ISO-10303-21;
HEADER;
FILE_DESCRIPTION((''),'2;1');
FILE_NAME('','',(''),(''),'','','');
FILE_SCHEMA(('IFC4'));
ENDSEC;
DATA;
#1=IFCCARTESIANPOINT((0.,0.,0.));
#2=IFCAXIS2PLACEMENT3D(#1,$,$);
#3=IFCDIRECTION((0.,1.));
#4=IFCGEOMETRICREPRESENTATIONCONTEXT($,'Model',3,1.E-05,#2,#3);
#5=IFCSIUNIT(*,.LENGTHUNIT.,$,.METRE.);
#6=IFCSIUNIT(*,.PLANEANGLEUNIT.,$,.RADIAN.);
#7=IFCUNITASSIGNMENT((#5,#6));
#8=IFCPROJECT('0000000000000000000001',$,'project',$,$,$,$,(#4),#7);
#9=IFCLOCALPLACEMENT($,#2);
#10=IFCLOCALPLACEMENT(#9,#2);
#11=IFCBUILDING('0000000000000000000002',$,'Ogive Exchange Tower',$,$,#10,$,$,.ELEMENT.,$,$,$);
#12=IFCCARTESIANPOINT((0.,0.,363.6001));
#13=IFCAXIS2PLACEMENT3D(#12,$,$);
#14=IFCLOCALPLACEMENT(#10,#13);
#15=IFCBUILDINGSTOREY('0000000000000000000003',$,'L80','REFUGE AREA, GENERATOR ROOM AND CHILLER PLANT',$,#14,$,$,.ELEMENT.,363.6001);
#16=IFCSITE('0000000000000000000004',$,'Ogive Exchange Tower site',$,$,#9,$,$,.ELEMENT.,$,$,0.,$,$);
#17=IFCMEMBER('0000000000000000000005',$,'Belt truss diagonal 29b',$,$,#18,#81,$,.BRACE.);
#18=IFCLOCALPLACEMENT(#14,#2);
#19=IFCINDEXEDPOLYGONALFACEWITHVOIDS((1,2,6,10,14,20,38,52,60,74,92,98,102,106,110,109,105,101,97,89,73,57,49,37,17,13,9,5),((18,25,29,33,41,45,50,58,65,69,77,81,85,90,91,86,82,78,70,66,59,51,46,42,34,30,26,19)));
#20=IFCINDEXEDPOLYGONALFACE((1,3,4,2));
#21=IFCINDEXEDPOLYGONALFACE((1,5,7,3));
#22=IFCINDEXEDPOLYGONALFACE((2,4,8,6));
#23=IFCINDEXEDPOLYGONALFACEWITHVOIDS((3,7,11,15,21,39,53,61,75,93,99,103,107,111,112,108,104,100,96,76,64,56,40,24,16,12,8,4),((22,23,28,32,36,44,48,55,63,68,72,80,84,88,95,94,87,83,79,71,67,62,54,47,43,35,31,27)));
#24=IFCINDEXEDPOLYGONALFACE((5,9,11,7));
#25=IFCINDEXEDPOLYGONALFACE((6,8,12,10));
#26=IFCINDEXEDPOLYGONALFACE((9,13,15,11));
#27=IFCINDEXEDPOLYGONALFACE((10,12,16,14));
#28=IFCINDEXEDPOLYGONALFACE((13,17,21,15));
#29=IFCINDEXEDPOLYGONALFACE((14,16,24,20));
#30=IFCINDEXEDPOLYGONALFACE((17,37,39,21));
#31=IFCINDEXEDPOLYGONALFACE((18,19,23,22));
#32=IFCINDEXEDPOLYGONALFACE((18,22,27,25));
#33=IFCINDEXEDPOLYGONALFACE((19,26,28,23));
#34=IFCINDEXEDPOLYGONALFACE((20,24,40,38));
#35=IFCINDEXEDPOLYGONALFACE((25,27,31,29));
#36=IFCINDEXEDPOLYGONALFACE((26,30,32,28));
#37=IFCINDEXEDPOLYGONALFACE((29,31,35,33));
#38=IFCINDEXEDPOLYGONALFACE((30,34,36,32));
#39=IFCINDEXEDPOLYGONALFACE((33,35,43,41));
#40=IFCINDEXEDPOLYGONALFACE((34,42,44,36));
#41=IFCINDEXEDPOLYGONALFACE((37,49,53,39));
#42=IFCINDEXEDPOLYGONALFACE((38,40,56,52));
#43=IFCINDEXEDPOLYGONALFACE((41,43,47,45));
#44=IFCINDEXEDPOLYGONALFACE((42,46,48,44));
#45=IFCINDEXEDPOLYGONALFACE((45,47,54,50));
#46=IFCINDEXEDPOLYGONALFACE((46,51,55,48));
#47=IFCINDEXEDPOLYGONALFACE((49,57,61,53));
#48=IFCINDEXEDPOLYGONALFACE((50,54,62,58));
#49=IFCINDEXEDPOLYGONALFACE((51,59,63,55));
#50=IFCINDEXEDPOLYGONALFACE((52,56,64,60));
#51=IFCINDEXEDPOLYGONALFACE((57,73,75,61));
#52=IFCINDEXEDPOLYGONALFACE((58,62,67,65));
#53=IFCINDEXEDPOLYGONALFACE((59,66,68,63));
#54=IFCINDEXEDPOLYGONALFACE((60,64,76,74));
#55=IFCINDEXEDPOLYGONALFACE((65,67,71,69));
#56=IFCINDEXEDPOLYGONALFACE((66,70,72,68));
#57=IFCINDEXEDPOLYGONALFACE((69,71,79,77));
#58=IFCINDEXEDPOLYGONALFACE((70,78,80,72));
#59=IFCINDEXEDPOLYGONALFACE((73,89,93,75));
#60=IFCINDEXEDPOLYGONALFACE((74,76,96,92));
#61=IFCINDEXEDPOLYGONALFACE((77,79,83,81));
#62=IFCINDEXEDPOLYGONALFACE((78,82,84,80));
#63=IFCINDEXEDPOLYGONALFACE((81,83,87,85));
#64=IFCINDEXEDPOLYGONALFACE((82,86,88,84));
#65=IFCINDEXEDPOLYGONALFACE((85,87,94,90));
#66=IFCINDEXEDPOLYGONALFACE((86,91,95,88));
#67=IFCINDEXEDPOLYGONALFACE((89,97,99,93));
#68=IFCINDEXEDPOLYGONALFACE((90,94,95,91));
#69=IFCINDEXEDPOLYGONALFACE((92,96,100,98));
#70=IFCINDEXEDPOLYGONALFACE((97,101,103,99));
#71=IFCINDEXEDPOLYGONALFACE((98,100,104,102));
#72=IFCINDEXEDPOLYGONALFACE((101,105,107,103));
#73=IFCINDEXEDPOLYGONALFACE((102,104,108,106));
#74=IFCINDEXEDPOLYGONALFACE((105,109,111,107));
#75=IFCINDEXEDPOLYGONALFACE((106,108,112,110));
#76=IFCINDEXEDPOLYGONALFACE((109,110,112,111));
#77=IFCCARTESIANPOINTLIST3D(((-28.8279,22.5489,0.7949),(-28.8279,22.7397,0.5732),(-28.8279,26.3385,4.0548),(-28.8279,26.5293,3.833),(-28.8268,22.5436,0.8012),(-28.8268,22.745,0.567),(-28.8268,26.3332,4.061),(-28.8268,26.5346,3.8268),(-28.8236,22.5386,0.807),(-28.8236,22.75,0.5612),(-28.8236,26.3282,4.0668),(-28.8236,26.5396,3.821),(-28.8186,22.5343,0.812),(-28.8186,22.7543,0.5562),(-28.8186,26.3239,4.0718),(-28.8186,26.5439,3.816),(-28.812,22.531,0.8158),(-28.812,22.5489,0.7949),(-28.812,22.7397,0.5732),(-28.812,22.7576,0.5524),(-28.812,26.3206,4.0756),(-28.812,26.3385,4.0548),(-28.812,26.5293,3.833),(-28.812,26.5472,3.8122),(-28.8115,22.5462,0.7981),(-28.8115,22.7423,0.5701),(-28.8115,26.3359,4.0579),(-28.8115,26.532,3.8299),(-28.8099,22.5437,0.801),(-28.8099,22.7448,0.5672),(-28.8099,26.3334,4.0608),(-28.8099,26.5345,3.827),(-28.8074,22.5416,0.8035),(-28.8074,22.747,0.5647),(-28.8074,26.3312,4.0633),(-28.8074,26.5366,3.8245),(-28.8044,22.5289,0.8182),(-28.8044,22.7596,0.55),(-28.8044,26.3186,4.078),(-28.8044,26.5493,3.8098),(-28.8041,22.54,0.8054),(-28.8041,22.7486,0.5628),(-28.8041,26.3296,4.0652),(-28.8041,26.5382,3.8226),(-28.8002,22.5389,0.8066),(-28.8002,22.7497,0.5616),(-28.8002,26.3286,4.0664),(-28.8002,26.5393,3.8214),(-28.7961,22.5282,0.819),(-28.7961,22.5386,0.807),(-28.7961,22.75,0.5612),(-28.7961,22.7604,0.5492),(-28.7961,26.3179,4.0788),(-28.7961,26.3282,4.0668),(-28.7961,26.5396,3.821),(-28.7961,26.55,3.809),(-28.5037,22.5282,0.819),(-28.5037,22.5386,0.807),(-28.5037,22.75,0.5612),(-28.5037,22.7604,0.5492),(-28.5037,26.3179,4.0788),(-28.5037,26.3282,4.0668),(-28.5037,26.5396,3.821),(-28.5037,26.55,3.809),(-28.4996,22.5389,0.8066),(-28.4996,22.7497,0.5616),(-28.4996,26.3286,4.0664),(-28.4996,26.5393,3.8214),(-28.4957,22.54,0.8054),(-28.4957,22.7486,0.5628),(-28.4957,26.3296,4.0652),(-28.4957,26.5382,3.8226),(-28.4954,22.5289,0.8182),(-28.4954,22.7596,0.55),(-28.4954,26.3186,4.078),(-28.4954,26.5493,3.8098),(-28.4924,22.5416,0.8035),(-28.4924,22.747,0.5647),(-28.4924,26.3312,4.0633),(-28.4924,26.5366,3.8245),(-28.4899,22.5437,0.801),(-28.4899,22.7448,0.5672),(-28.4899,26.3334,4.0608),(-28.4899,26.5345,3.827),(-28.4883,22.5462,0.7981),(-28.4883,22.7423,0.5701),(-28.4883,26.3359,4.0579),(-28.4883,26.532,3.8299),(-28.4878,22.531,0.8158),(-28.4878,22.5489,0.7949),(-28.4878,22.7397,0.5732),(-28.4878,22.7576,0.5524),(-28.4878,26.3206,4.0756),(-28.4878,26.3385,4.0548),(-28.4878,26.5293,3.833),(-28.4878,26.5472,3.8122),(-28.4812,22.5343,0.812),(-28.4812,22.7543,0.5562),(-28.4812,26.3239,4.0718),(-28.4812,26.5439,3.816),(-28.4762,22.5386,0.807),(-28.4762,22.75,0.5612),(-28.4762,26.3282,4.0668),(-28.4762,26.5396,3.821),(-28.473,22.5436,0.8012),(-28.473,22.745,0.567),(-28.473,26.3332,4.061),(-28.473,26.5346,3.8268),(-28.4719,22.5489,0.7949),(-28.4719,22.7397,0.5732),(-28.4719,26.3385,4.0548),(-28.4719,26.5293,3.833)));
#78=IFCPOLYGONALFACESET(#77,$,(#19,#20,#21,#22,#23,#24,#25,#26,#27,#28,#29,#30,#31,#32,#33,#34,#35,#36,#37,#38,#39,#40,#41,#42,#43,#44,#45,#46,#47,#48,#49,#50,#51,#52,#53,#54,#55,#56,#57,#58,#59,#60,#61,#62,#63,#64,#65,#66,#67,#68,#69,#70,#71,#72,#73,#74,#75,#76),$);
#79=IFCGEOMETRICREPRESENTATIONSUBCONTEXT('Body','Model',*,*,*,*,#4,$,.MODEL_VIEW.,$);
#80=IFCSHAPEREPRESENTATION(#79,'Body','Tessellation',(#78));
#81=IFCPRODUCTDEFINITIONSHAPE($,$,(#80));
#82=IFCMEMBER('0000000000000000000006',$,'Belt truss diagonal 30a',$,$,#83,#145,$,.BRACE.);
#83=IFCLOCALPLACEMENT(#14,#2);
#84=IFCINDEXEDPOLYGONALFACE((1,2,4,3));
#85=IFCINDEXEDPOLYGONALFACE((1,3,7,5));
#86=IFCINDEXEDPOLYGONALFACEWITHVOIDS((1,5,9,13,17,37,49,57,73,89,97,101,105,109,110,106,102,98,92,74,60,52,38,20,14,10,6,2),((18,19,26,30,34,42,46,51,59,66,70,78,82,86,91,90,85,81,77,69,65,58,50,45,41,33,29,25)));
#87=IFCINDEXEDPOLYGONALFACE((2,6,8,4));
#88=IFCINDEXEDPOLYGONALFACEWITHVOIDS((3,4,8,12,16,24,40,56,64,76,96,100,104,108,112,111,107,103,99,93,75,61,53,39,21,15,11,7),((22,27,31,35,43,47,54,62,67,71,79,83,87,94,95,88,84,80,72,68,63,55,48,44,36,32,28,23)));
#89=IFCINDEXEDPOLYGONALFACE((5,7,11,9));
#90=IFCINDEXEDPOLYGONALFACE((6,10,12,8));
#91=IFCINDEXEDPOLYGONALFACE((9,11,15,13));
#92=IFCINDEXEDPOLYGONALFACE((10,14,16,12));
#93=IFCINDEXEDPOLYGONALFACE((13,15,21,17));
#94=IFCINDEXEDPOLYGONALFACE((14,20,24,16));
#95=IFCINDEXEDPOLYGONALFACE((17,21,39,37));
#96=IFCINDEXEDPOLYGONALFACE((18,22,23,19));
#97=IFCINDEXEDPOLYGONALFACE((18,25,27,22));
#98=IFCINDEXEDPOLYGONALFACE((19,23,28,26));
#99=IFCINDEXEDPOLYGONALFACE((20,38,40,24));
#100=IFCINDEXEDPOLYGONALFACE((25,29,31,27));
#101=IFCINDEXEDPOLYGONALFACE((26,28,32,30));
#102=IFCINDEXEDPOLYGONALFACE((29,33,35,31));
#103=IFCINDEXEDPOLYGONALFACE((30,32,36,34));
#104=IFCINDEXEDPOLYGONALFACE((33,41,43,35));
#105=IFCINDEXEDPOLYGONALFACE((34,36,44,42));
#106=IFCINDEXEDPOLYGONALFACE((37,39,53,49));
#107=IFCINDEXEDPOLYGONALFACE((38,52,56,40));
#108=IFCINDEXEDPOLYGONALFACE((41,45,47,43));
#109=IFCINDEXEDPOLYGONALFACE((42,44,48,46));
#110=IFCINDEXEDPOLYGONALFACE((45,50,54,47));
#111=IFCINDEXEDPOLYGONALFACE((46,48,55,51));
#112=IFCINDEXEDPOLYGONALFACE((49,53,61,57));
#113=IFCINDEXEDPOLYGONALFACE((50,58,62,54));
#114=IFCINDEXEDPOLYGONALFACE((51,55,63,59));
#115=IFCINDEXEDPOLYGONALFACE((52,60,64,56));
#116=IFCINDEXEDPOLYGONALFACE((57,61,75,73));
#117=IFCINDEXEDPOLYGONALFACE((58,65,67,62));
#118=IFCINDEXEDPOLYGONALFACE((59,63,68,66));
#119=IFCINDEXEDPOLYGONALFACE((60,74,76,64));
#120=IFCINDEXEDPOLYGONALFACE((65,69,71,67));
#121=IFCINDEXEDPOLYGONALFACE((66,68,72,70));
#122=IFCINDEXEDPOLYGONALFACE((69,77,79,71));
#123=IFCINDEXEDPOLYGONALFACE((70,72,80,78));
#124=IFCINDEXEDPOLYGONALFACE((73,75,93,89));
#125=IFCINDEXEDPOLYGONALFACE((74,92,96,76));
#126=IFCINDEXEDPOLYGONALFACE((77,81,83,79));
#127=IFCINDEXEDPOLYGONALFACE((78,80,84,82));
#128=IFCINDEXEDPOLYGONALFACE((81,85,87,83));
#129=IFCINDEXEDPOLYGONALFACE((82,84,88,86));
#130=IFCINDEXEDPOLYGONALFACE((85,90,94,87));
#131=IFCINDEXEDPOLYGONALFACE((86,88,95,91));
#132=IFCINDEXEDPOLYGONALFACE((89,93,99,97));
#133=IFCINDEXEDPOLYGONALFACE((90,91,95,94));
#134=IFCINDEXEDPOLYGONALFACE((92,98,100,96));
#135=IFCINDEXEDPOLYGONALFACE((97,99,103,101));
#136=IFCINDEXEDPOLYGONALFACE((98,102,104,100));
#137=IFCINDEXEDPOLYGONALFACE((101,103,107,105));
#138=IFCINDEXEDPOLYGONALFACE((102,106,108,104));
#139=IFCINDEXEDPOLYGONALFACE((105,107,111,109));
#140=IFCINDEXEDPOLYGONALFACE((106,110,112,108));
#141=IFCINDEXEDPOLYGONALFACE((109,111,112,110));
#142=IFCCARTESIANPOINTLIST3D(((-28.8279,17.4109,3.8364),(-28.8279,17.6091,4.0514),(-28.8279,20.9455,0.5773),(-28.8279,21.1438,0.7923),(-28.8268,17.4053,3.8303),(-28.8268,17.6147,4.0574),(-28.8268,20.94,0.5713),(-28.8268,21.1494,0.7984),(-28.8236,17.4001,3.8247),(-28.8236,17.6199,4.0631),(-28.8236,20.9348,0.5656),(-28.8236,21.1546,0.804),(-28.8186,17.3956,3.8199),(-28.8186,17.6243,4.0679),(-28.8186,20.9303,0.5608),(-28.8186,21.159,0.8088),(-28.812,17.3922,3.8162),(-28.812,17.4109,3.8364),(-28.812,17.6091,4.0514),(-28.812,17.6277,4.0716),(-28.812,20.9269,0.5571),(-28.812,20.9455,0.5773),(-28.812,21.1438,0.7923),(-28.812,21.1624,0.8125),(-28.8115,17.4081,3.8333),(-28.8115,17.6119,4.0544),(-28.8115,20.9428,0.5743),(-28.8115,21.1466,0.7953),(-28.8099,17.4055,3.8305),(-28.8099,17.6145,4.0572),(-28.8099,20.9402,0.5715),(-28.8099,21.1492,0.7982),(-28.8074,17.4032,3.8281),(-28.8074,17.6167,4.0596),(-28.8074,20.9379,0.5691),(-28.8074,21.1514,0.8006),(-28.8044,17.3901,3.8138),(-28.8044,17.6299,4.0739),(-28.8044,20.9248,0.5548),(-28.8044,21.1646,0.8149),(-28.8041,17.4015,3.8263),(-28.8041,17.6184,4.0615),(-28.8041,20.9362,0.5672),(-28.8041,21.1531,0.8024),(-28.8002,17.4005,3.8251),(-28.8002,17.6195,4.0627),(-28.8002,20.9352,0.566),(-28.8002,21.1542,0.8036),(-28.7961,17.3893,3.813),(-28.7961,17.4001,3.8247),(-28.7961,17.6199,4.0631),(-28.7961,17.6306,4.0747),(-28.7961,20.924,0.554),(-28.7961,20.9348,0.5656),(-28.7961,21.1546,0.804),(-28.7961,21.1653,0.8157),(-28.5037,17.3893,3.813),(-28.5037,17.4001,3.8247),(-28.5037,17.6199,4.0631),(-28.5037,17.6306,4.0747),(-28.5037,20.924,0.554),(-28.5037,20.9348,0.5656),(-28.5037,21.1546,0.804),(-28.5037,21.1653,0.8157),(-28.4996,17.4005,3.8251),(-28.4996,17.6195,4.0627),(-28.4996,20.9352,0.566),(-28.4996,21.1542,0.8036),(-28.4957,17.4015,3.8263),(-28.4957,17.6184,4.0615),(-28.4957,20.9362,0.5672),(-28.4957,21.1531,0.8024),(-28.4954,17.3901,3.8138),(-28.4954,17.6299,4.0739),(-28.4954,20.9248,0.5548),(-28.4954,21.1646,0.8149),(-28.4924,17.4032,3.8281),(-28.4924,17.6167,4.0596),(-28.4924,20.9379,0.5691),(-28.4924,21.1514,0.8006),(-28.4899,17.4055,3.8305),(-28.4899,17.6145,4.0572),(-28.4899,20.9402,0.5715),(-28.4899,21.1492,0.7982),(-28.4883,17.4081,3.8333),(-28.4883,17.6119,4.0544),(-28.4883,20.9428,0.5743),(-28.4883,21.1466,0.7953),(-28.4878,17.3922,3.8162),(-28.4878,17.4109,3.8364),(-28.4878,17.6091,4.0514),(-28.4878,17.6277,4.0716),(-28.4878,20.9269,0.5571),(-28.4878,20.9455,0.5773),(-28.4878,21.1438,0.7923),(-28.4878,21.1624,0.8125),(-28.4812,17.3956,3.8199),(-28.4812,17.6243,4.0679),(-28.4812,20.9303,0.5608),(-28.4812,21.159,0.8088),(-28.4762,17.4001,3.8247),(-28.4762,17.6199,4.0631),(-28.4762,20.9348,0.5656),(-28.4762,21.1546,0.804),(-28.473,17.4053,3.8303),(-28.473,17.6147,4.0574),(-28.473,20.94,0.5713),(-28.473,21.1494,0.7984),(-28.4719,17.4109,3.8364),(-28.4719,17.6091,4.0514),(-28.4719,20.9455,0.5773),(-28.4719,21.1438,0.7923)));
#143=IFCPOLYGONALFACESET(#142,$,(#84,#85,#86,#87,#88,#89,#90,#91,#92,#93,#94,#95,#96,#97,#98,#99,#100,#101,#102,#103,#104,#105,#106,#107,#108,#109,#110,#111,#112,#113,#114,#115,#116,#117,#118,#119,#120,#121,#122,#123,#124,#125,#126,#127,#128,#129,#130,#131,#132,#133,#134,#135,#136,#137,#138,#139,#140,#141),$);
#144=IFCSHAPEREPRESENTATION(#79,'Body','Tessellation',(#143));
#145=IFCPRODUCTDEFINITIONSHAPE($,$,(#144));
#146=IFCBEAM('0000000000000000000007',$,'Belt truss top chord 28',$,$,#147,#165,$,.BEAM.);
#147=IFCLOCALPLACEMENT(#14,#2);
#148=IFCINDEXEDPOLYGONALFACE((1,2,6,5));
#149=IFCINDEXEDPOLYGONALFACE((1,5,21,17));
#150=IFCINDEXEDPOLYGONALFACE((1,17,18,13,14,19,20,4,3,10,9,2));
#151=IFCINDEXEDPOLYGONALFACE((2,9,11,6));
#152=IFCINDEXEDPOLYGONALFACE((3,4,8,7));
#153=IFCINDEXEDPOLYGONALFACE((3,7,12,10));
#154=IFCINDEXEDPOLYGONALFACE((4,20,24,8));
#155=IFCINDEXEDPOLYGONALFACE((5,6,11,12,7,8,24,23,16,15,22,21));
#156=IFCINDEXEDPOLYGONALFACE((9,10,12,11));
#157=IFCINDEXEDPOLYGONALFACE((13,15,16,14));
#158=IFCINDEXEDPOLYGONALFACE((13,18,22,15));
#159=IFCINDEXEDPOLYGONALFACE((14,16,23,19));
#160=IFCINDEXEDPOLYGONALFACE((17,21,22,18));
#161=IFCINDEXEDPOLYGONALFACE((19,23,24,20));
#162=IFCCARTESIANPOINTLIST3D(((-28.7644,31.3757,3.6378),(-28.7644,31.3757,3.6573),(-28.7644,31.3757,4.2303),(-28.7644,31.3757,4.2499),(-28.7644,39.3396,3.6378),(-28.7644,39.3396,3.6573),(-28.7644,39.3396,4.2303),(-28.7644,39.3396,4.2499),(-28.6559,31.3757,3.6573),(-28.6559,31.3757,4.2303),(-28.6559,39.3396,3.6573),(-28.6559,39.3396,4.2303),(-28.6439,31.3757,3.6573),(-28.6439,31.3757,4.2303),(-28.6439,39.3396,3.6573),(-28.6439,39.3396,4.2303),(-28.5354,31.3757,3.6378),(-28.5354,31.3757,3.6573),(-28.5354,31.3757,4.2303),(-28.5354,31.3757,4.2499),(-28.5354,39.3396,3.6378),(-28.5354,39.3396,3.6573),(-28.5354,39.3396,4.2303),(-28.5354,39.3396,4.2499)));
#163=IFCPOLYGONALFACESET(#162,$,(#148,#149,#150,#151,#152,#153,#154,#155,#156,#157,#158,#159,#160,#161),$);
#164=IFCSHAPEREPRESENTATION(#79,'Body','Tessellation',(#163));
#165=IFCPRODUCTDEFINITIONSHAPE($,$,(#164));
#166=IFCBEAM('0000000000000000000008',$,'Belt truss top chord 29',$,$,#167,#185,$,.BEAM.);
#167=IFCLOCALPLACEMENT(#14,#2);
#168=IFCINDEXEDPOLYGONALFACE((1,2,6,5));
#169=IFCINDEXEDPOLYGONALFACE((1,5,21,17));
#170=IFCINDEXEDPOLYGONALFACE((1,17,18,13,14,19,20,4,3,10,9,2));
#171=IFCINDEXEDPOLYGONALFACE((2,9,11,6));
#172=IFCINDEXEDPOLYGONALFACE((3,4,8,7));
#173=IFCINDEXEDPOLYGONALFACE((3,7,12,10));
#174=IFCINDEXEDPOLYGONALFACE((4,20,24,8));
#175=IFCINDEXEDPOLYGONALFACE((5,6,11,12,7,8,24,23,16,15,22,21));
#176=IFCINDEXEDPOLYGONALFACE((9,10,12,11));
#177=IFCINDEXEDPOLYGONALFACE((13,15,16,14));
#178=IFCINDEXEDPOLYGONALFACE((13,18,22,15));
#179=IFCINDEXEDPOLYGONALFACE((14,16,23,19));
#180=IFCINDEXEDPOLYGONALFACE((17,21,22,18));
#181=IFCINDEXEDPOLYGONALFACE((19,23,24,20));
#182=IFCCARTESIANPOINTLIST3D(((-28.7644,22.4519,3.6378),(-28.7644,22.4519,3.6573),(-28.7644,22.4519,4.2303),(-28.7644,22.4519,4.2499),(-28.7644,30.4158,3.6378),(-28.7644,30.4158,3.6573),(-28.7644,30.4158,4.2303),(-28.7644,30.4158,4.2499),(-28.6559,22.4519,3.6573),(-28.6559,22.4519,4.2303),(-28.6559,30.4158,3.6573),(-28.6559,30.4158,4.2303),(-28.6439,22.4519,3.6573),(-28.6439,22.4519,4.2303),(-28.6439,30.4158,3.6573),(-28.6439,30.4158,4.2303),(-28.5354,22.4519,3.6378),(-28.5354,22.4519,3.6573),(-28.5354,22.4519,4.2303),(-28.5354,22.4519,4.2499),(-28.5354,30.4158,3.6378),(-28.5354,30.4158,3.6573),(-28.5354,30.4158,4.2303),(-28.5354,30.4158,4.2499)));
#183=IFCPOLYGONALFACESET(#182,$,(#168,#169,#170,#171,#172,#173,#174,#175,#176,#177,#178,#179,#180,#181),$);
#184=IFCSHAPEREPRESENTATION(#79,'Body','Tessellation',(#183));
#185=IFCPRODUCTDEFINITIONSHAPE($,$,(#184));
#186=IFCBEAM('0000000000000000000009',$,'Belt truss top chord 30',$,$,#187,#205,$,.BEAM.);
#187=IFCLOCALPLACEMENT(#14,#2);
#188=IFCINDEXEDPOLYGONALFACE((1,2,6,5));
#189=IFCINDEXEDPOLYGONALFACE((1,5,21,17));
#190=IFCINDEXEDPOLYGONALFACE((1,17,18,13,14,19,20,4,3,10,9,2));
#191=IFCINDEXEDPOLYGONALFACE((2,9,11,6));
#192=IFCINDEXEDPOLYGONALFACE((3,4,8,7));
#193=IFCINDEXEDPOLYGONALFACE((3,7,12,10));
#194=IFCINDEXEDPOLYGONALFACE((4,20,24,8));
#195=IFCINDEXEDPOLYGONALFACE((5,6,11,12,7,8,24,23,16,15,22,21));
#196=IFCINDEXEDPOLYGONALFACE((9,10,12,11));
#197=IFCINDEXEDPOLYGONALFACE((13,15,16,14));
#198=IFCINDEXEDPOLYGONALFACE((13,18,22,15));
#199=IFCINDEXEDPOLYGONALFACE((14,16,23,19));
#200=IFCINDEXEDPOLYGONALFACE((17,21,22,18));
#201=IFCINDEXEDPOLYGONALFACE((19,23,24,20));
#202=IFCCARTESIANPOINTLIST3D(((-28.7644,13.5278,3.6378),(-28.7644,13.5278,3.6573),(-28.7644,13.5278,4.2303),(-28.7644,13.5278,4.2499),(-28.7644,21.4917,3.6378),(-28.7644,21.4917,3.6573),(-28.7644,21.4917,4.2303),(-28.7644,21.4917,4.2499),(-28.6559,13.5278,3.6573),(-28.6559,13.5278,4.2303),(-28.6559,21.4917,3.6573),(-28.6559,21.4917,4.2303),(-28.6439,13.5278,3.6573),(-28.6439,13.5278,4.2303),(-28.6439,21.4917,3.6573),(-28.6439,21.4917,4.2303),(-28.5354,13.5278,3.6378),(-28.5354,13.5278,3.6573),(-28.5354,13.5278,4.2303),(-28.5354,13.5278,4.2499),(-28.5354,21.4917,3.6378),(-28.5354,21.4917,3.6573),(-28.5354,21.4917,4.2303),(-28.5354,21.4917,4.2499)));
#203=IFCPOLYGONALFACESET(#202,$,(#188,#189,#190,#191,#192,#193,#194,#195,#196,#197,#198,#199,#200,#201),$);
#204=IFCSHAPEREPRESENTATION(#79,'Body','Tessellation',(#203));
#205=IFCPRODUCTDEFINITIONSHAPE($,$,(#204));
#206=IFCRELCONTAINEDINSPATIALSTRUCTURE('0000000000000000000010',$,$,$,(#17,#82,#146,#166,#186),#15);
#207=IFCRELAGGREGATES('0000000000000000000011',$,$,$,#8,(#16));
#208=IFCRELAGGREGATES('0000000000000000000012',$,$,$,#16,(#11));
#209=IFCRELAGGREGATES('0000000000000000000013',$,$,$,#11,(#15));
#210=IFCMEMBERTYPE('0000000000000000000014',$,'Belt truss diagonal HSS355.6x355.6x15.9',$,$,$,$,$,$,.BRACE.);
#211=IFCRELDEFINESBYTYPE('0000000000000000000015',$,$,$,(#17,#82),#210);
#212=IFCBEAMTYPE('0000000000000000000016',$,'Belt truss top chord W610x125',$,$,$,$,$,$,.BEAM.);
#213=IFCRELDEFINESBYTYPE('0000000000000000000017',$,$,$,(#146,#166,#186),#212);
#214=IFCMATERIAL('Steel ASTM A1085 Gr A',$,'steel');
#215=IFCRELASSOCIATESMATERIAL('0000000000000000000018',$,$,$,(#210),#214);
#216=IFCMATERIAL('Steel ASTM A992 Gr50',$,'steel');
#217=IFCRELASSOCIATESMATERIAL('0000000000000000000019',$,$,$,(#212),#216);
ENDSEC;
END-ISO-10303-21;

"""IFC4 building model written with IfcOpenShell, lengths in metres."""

from ifc_helpers import new_model, si_unit, direction, frame, origin, origin_2d, place, context, subcontext, project, spatial, hollow_rectangle, i_section, extrude, material, material_profile, profile_set, type_object, element, save


model = new_model("IFC4")

# Units and contexts
model_context = context("Model", 3, precision=1e-05, world=origin(), true_north=direction((0.0, 1.0)))
body_context = subcontext(model_context, "Body", "Model", "MODEL_VIEW")
ifc_project = project(units=[si_unit("LENGTHUNIT", "METRE"), si_unit("PLANEANGLEUNIT", "RADIAN")], contexts=[model_context])

# Site, building, storey
site_placement = place(None, origin())
site = spatial("IfcSite", under=ifc_project, at=site_placement, Name="Ogive Exchange Tower site", CompositionType="ELEMENT", RefElevation=0.0)
building_placement = place(site_placement, origin())
building = spatial("IfcBuilding", under=site, at=building_placement, Name="Ogive Exchange Tower", CompositionType="ELEMENT")
storey_placement = place(building_placement, frame((0.0, 0.0, 363.6001)))
storey = spatial("IfcBuildingStorey", under=building, at=storey_placement, Name="L80", Description="REFUGE AREA, GENERATOR ROOM AND CHILLER PLANT", CompositionType="ELEMENT", Elevation=363.6001)

# Shared definitions
ifc_material_1 = material(Name="Steel ASTM A992 Gr50", Category="steel")

# Members
ifc_material_2 = material(Name="Steel ASTM A1085 Gr A", Category="steel")
ifc_material_profile_1 = material_profile(ifc_material_2, hollow_rectangle(XDim=0.356, YDim=0.356, WallThickness=0.0159, InnerFilletRadius=0.0159, OuterFilletRadius=0.0317, at=origin_2d()), Name="HSS355.6x355.6x15.9")
ifc_profile_set_1 = profile_set([ifc_material_profile_1], Name="Steel ASTM A1085 Gr A")
member_type = type_object("IfcMemberType", Name="Belt truss diagonal HSS355.6x355.6x15.9", PredefinedType="BRACE", material=ifc_profile_set_1)
member_1_placement = place(storey_placement, frame((-28.6499, 22.6443, 0.6841), z_axis=(0.0, 0.758111, 0.652126), x_axis=(-1.0, 0.0, 0.0)))
element("IfcMember", 1, at=member_1_placement, inside=storey, type_object=member_type, Name="Belt truss diagonal 29b", PredefinedType="BRACE", context=body_context, shape_type="SweptSolid", body=[
    extrude(hollow_rectangle(XDim=0.356, YDim=0.356, WallThickness=0.0159, InnerFilletRadius=0.0159, OuterFilletRadius=0.0317, at=origin_2d()), origin(), (0.0, 0.0, 1.0), 4.9988),
])
member_2_placement = place(storey_placement, frame((-28.6499, 21.0447, 0.6848), z_axis=(0.0, -0.735191, 0.67786), x_axis=(1.0, 0.0, 0.0)))
element("IfcMember", 2, at=member_2_placement, inside=storey, type_object=member_type, Name="Belt truss diagonal 30a", PredefinedType="BRACE", context=body_context, shape_type="SweptSolid", body=[
    extrude(hollow_rectangle(XDim=0.356, YDim=0.356, WallThickness=0.0159, InnerFilletRadius=0.0159, OuterFilletRadius=0.0317, at=origin_2d()), origin(), (0.0, 0.0, 1.0), 4.8079),
])

# Beams
ifc_material_profile_2 = material_profile(ifc_material_1, i_section(OverallWidth=0.229, OverallDepth=0.6121, WebThickness=0.012, FlangeThickness=0.0195, at=origin_2d()), Name="W610x125")
ifc_profile_set_2 = profile_set([ifc_material_profile_2], Name="Steel ASTM A992 Gr50")
beam_type_1 = type_object("IfcBeamType", Name="Belt truss top chord W610x125", PredefinedType="BEAM", material=ifc_profile_set_2)
for number, where, z_axis, x_axis, name in (
    (3, (-28.6499, 39.3396, 3.9438), (0.0, -1.0, 0.0), (1.0, 0.0, 0.0), "Belt truss top chord 28"),
    (4, (-28.6499, 30.4158, 3.9438), (0.0, -1.0, 0.0), (1.0, 0.0, 0.0), "Belt truss top chord 29"),
    (5, (-28.6499, 21.4917, 3.9438), (0.0, -1.0, 0.0), (1.0, 0.0, 0.0), "Belt truss top chord 30"),
):
    element("IfcBeam", number, at=place(storey_placement, frame(where, z_axis=z_axis, x_axis=x_axis)), inside=storey, type_object=beam_type_1, Name=name, PredefinedType="BEAM", context=body_context, shape_type="SweptSolid", body=[
        extrude(i_section(OverallWidth=0.229, OverallDepth=0.6121, WebThickness=0.012, FlangeThickness=0.0195, at=origin_2d()), origin(), (0.0, 0.0, 1.0), 7.9639),
    ])

save(model, "model.ifc")
